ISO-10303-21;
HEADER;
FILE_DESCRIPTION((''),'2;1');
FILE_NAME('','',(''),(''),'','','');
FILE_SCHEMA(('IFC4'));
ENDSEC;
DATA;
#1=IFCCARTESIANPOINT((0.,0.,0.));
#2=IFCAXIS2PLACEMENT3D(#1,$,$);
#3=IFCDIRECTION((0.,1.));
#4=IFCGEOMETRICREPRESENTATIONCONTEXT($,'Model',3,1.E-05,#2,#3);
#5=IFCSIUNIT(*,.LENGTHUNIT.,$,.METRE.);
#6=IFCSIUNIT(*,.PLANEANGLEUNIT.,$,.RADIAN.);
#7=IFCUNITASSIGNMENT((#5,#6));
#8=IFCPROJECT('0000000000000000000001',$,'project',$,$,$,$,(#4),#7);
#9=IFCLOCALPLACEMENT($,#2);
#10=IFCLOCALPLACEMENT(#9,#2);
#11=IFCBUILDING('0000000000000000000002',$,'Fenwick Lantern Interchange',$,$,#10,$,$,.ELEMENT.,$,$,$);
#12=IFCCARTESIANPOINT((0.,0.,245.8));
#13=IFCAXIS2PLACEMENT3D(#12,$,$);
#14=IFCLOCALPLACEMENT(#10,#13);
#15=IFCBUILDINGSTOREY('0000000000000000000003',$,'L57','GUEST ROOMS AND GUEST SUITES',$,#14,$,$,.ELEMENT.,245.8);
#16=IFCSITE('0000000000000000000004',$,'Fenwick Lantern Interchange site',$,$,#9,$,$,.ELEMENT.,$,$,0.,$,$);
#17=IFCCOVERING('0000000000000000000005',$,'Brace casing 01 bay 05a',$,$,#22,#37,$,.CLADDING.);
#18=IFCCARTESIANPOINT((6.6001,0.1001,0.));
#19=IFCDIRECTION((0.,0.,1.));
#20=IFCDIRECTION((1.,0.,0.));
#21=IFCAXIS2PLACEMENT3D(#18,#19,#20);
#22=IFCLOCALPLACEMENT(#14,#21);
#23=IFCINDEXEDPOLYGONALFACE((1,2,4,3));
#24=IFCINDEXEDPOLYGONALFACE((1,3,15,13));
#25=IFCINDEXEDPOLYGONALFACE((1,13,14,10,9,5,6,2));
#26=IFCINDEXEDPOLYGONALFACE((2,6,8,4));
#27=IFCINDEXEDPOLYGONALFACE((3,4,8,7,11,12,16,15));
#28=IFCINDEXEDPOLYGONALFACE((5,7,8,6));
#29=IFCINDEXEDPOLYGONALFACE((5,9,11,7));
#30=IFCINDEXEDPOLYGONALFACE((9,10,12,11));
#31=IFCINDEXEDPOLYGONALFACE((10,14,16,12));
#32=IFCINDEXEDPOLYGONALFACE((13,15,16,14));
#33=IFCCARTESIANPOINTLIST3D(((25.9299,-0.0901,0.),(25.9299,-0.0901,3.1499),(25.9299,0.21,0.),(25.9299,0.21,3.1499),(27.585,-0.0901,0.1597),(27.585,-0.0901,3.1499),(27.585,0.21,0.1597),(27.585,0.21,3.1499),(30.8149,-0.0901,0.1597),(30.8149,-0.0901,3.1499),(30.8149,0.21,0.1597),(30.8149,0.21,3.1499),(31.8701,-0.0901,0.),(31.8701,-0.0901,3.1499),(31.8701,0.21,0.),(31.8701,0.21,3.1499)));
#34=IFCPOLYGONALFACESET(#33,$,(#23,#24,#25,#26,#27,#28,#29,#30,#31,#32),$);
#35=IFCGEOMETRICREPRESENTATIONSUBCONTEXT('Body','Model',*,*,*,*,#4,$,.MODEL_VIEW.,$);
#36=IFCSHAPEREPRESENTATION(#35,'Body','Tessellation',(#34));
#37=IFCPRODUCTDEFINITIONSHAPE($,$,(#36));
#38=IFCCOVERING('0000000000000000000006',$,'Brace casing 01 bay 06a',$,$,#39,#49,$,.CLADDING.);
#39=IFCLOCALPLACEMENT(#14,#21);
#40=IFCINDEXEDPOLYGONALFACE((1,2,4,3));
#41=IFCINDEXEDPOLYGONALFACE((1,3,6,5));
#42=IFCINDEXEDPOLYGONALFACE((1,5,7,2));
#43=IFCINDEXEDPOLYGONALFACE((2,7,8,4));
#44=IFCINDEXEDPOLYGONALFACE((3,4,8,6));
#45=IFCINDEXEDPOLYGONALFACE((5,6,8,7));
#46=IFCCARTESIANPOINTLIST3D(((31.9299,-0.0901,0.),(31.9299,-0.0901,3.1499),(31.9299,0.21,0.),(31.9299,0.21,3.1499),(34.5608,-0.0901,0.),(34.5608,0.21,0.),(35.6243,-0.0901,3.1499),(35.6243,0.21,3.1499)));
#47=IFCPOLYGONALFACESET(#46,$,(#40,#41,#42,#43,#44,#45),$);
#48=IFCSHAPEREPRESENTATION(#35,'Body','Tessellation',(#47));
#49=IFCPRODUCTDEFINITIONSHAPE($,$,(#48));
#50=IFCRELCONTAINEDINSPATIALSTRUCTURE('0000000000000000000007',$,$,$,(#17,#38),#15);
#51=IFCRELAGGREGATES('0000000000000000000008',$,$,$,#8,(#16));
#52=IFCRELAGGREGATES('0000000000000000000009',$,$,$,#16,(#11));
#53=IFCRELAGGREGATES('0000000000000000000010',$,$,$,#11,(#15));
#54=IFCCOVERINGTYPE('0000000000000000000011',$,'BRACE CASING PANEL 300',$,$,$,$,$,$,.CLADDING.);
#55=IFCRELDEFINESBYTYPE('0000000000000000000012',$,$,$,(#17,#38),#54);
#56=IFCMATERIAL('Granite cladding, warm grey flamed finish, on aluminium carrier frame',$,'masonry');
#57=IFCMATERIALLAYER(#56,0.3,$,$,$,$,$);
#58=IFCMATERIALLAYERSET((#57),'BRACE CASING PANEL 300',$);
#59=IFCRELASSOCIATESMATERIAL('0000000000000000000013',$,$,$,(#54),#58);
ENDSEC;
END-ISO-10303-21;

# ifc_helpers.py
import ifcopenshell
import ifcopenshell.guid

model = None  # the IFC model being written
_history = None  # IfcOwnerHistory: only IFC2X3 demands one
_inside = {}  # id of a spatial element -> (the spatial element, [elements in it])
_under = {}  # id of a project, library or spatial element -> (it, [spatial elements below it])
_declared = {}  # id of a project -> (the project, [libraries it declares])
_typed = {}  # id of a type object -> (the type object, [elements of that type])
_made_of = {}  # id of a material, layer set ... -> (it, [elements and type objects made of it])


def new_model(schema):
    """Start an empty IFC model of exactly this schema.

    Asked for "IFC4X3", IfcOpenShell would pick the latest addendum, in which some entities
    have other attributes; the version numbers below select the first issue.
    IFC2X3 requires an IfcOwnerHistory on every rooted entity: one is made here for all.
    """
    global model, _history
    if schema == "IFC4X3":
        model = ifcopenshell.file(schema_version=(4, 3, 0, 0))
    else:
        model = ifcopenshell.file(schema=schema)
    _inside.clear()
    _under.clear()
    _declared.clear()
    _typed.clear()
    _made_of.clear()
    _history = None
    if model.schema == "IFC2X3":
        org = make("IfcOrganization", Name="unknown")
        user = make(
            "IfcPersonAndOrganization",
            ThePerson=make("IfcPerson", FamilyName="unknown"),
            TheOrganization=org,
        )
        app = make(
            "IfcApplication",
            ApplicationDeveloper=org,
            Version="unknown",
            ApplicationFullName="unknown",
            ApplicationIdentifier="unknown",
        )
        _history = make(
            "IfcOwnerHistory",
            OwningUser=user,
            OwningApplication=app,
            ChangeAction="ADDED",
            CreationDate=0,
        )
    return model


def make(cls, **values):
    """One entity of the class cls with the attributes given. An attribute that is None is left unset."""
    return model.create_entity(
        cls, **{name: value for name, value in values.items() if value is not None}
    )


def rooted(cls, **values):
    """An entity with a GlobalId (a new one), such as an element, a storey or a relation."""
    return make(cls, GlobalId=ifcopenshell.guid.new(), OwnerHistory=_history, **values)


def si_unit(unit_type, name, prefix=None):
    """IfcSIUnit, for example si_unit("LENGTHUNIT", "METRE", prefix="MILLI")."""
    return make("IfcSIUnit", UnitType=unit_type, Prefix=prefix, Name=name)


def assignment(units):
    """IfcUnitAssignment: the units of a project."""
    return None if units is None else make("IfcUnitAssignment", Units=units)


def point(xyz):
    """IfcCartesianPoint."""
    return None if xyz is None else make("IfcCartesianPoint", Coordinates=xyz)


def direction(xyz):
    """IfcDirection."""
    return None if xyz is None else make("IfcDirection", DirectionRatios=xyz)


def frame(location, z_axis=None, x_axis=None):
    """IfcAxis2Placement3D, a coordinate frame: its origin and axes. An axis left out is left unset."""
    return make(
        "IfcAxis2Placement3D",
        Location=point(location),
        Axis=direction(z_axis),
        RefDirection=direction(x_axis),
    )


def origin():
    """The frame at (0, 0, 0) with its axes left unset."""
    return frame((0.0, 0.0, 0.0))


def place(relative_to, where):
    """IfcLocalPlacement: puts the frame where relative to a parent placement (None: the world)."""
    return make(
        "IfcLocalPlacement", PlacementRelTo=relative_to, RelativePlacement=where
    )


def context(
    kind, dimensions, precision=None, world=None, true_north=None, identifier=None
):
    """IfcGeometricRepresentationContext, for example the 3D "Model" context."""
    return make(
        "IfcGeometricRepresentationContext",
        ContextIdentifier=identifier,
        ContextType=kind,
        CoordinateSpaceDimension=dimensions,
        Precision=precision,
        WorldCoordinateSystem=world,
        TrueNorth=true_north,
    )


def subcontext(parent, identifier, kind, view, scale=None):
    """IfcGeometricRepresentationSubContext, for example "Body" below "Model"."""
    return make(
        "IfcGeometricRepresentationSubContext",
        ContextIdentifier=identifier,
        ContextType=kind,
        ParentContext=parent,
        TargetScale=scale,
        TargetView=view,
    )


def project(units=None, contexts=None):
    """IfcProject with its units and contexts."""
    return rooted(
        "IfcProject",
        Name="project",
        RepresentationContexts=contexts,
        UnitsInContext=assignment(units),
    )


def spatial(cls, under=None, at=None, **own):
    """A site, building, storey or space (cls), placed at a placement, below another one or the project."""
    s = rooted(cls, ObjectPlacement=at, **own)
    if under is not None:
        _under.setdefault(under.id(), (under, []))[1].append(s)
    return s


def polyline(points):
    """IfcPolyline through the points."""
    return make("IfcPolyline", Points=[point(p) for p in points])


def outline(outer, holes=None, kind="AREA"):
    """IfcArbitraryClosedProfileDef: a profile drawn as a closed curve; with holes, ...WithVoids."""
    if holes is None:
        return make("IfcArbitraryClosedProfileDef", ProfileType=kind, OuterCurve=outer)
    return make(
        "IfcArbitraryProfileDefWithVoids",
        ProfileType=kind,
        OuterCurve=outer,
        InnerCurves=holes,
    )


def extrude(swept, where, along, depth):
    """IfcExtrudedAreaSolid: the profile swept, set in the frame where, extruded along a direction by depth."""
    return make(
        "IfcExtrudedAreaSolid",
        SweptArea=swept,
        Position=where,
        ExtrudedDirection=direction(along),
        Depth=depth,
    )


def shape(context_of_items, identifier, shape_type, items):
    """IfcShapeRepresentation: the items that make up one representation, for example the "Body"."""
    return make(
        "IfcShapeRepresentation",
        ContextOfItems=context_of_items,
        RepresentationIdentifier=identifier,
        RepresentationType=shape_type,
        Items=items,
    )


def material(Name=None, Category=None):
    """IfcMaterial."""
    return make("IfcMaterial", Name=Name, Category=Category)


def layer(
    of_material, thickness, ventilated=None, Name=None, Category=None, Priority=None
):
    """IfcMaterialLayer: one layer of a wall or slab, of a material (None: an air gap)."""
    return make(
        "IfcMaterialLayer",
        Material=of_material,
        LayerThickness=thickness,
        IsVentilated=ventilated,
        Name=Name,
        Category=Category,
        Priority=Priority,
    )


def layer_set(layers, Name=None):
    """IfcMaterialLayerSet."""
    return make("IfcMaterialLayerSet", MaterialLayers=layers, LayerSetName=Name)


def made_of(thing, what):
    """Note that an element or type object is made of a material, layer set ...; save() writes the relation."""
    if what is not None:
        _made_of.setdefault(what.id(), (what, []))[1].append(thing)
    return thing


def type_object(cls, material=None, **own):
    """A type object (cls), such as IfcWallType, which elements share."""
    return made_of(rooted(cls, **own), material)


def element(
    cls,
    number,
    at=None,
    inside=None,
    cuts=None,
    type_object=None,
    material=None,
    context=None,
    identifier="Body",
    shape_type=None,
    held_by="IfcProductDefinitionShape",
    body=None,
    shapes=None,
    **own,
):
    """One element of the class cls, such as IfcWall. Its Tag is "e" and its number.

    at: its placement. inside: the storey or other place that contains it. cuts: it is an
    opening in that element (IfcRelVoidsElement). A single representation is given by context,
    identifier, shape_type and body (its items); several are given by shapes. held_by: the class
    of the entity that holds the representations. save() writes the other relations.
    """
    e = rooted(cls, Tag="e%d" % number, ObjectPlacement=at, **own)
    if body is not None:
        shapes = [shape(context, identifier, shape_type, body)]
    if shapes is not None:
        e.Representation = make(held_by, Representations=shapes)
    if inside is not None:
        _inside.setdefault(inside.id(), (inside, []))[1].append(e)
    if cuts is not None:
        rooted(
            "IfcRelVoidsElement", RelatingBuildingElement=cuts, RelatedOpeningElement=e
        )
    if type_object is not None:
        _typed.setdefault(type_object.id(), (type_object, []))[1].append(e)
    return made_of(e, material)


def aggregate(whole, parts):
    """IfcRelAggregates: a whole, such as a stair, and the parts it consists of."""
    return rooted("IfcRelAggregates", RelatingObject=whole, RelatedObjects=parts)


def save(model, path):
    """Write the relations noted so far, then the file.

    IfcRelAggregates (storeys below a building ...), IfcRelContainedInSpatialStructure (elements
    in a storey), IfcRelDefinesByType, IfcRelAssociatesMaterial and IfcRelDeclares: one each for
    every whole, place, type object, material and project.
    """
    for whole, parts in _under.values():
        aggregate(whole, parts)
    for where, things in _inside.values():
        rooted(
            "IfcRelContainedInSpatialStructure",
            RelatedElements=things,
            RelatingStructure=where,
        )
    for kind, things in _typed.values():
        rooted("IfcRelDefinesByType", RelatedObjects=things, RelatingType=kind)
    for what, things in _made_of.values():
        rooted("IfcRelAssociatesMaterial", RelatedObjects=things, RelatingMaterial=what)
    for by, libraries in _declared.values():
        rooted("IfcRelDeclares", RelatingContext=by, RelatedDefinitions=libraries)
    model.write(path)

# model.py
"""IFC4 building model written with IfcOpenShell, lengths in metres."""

from ifc_helpers import new_model, si_unit, direction, frame, origin, place, context, subcontext, project, spatial, polyline, outline, extrude, material, layer, layer_set, type_object, element, save


model = new_model("IFC4")

# Units and contexts
model_context = context("Model", 3, precision=1e-05, world=origin(), true_north=direction((0.0, 1.0)))
body_context = subcontext(model_context, "Body", "Model", "MODEL_VIEW")
ifc_project = project(units=[si_unit("LENGTHUNIT", "METRE"), si_unit("PLANEANGLEUNIT", "RADIAN")], contexts=[model_context])

# Site, building, storey
site_placement = place(None, origin())
site = spatial("IfcSite", under=ifc_project, at=site_placement, Name="Fenwick Lantern Interchange site", CompositionType="ELEMENT", RefElevation=0.0)
building_placement = place(site_placement, origin())
building = spatial("IfcBuilding", under=site, at=building_placement, Name="Fenwick Lantern Interchange", CompositionType="ELEMENT")
storey_placement = place(building_placement, frame((0.0, 0.0, 245.8)))
storey = spatial("IfcBuildingStorey", under=building, at=storey_placement, Name="L57", Description="GUEST ROOMS AND GUEST SUITES", CompositionType="ELEMENT", Elevation=245.8)

# Coverings
ifc_material_1 = material(Name="Granite cladding, warm grey flamed finish, on aluminium carrier frame", Category="masonry")
ifc_layer_1 = layer(ifc_material_1, 0.3)
ifc_layer_set_1 = layer_set([ifc_layer_1], Name="BRACE CASING PANEL 300")
covering_type_1 = type_object("IfcCoveringType", Name="BRACE CASING PANEL 300", PredefinedType="CLADDING", material=ifc_layer_set_1)
covering_1_placement = place(storey_placement, frame((6.6001, 0.1001, 0.0), z_axis=(0.0, 0.0, 1.0), x_axis=(1.0, 0.0, 0.0)))
element("IfcCovering", 1, at=covering_1_placement, inside=storey, type_object=covering_type_1, Name="Brace casing 01 bay 05a", PredefinedType="CLADDING", context=body_context, shape_type="SweptSolid", body=[
    extrude(outline(polyline([(25.9299, 0.0), (31.8701, 0.0), (31.8701, 3.1499), (30.8149, 3.1499), (30.8149, 0.1597), (27.585, 0.1597), (27.585, 3.1499), (25.9299, 3.1499), (25.9299, 0.0)])), frame((0.0, 0.21, 0.0), z_axis=(0.0, -1.0, 0.0), x_axis=(1.0, 0.0, 0.0)), (0.0, 0.0, 1.0), 0.3),
])
covering_2_placement = place(storey_placement, frame((6.6001, 0.1001, 0.0), z_axis=(0.0, 0.0, 1.0), x_axis=(1.0, 0.0, 0.0)))
element("IfcCovering", 2, at=covering_2_placement, inside=storey, type_object=covering_type_1, Name="Brace casing 01 bay 06a", PredefinedType="CLADDING", context=body_context, shape_type="SweptSolid", body=[
    extrude(outline(polyline([(31.9299, 0.0), (34.5608, 0.0), (35.6243, 3.1499), (31.9299, 3.1499), (31.9299, 0.0)])), frame((0.0, 0.21, 0.0), z_axis=(0.0, -1.0, 0.0), x_axis=(1.0, 0.0, 0.0)), (0.0, 0.0, 1.0), 0.3),
])

save(model, "model.ifc")
